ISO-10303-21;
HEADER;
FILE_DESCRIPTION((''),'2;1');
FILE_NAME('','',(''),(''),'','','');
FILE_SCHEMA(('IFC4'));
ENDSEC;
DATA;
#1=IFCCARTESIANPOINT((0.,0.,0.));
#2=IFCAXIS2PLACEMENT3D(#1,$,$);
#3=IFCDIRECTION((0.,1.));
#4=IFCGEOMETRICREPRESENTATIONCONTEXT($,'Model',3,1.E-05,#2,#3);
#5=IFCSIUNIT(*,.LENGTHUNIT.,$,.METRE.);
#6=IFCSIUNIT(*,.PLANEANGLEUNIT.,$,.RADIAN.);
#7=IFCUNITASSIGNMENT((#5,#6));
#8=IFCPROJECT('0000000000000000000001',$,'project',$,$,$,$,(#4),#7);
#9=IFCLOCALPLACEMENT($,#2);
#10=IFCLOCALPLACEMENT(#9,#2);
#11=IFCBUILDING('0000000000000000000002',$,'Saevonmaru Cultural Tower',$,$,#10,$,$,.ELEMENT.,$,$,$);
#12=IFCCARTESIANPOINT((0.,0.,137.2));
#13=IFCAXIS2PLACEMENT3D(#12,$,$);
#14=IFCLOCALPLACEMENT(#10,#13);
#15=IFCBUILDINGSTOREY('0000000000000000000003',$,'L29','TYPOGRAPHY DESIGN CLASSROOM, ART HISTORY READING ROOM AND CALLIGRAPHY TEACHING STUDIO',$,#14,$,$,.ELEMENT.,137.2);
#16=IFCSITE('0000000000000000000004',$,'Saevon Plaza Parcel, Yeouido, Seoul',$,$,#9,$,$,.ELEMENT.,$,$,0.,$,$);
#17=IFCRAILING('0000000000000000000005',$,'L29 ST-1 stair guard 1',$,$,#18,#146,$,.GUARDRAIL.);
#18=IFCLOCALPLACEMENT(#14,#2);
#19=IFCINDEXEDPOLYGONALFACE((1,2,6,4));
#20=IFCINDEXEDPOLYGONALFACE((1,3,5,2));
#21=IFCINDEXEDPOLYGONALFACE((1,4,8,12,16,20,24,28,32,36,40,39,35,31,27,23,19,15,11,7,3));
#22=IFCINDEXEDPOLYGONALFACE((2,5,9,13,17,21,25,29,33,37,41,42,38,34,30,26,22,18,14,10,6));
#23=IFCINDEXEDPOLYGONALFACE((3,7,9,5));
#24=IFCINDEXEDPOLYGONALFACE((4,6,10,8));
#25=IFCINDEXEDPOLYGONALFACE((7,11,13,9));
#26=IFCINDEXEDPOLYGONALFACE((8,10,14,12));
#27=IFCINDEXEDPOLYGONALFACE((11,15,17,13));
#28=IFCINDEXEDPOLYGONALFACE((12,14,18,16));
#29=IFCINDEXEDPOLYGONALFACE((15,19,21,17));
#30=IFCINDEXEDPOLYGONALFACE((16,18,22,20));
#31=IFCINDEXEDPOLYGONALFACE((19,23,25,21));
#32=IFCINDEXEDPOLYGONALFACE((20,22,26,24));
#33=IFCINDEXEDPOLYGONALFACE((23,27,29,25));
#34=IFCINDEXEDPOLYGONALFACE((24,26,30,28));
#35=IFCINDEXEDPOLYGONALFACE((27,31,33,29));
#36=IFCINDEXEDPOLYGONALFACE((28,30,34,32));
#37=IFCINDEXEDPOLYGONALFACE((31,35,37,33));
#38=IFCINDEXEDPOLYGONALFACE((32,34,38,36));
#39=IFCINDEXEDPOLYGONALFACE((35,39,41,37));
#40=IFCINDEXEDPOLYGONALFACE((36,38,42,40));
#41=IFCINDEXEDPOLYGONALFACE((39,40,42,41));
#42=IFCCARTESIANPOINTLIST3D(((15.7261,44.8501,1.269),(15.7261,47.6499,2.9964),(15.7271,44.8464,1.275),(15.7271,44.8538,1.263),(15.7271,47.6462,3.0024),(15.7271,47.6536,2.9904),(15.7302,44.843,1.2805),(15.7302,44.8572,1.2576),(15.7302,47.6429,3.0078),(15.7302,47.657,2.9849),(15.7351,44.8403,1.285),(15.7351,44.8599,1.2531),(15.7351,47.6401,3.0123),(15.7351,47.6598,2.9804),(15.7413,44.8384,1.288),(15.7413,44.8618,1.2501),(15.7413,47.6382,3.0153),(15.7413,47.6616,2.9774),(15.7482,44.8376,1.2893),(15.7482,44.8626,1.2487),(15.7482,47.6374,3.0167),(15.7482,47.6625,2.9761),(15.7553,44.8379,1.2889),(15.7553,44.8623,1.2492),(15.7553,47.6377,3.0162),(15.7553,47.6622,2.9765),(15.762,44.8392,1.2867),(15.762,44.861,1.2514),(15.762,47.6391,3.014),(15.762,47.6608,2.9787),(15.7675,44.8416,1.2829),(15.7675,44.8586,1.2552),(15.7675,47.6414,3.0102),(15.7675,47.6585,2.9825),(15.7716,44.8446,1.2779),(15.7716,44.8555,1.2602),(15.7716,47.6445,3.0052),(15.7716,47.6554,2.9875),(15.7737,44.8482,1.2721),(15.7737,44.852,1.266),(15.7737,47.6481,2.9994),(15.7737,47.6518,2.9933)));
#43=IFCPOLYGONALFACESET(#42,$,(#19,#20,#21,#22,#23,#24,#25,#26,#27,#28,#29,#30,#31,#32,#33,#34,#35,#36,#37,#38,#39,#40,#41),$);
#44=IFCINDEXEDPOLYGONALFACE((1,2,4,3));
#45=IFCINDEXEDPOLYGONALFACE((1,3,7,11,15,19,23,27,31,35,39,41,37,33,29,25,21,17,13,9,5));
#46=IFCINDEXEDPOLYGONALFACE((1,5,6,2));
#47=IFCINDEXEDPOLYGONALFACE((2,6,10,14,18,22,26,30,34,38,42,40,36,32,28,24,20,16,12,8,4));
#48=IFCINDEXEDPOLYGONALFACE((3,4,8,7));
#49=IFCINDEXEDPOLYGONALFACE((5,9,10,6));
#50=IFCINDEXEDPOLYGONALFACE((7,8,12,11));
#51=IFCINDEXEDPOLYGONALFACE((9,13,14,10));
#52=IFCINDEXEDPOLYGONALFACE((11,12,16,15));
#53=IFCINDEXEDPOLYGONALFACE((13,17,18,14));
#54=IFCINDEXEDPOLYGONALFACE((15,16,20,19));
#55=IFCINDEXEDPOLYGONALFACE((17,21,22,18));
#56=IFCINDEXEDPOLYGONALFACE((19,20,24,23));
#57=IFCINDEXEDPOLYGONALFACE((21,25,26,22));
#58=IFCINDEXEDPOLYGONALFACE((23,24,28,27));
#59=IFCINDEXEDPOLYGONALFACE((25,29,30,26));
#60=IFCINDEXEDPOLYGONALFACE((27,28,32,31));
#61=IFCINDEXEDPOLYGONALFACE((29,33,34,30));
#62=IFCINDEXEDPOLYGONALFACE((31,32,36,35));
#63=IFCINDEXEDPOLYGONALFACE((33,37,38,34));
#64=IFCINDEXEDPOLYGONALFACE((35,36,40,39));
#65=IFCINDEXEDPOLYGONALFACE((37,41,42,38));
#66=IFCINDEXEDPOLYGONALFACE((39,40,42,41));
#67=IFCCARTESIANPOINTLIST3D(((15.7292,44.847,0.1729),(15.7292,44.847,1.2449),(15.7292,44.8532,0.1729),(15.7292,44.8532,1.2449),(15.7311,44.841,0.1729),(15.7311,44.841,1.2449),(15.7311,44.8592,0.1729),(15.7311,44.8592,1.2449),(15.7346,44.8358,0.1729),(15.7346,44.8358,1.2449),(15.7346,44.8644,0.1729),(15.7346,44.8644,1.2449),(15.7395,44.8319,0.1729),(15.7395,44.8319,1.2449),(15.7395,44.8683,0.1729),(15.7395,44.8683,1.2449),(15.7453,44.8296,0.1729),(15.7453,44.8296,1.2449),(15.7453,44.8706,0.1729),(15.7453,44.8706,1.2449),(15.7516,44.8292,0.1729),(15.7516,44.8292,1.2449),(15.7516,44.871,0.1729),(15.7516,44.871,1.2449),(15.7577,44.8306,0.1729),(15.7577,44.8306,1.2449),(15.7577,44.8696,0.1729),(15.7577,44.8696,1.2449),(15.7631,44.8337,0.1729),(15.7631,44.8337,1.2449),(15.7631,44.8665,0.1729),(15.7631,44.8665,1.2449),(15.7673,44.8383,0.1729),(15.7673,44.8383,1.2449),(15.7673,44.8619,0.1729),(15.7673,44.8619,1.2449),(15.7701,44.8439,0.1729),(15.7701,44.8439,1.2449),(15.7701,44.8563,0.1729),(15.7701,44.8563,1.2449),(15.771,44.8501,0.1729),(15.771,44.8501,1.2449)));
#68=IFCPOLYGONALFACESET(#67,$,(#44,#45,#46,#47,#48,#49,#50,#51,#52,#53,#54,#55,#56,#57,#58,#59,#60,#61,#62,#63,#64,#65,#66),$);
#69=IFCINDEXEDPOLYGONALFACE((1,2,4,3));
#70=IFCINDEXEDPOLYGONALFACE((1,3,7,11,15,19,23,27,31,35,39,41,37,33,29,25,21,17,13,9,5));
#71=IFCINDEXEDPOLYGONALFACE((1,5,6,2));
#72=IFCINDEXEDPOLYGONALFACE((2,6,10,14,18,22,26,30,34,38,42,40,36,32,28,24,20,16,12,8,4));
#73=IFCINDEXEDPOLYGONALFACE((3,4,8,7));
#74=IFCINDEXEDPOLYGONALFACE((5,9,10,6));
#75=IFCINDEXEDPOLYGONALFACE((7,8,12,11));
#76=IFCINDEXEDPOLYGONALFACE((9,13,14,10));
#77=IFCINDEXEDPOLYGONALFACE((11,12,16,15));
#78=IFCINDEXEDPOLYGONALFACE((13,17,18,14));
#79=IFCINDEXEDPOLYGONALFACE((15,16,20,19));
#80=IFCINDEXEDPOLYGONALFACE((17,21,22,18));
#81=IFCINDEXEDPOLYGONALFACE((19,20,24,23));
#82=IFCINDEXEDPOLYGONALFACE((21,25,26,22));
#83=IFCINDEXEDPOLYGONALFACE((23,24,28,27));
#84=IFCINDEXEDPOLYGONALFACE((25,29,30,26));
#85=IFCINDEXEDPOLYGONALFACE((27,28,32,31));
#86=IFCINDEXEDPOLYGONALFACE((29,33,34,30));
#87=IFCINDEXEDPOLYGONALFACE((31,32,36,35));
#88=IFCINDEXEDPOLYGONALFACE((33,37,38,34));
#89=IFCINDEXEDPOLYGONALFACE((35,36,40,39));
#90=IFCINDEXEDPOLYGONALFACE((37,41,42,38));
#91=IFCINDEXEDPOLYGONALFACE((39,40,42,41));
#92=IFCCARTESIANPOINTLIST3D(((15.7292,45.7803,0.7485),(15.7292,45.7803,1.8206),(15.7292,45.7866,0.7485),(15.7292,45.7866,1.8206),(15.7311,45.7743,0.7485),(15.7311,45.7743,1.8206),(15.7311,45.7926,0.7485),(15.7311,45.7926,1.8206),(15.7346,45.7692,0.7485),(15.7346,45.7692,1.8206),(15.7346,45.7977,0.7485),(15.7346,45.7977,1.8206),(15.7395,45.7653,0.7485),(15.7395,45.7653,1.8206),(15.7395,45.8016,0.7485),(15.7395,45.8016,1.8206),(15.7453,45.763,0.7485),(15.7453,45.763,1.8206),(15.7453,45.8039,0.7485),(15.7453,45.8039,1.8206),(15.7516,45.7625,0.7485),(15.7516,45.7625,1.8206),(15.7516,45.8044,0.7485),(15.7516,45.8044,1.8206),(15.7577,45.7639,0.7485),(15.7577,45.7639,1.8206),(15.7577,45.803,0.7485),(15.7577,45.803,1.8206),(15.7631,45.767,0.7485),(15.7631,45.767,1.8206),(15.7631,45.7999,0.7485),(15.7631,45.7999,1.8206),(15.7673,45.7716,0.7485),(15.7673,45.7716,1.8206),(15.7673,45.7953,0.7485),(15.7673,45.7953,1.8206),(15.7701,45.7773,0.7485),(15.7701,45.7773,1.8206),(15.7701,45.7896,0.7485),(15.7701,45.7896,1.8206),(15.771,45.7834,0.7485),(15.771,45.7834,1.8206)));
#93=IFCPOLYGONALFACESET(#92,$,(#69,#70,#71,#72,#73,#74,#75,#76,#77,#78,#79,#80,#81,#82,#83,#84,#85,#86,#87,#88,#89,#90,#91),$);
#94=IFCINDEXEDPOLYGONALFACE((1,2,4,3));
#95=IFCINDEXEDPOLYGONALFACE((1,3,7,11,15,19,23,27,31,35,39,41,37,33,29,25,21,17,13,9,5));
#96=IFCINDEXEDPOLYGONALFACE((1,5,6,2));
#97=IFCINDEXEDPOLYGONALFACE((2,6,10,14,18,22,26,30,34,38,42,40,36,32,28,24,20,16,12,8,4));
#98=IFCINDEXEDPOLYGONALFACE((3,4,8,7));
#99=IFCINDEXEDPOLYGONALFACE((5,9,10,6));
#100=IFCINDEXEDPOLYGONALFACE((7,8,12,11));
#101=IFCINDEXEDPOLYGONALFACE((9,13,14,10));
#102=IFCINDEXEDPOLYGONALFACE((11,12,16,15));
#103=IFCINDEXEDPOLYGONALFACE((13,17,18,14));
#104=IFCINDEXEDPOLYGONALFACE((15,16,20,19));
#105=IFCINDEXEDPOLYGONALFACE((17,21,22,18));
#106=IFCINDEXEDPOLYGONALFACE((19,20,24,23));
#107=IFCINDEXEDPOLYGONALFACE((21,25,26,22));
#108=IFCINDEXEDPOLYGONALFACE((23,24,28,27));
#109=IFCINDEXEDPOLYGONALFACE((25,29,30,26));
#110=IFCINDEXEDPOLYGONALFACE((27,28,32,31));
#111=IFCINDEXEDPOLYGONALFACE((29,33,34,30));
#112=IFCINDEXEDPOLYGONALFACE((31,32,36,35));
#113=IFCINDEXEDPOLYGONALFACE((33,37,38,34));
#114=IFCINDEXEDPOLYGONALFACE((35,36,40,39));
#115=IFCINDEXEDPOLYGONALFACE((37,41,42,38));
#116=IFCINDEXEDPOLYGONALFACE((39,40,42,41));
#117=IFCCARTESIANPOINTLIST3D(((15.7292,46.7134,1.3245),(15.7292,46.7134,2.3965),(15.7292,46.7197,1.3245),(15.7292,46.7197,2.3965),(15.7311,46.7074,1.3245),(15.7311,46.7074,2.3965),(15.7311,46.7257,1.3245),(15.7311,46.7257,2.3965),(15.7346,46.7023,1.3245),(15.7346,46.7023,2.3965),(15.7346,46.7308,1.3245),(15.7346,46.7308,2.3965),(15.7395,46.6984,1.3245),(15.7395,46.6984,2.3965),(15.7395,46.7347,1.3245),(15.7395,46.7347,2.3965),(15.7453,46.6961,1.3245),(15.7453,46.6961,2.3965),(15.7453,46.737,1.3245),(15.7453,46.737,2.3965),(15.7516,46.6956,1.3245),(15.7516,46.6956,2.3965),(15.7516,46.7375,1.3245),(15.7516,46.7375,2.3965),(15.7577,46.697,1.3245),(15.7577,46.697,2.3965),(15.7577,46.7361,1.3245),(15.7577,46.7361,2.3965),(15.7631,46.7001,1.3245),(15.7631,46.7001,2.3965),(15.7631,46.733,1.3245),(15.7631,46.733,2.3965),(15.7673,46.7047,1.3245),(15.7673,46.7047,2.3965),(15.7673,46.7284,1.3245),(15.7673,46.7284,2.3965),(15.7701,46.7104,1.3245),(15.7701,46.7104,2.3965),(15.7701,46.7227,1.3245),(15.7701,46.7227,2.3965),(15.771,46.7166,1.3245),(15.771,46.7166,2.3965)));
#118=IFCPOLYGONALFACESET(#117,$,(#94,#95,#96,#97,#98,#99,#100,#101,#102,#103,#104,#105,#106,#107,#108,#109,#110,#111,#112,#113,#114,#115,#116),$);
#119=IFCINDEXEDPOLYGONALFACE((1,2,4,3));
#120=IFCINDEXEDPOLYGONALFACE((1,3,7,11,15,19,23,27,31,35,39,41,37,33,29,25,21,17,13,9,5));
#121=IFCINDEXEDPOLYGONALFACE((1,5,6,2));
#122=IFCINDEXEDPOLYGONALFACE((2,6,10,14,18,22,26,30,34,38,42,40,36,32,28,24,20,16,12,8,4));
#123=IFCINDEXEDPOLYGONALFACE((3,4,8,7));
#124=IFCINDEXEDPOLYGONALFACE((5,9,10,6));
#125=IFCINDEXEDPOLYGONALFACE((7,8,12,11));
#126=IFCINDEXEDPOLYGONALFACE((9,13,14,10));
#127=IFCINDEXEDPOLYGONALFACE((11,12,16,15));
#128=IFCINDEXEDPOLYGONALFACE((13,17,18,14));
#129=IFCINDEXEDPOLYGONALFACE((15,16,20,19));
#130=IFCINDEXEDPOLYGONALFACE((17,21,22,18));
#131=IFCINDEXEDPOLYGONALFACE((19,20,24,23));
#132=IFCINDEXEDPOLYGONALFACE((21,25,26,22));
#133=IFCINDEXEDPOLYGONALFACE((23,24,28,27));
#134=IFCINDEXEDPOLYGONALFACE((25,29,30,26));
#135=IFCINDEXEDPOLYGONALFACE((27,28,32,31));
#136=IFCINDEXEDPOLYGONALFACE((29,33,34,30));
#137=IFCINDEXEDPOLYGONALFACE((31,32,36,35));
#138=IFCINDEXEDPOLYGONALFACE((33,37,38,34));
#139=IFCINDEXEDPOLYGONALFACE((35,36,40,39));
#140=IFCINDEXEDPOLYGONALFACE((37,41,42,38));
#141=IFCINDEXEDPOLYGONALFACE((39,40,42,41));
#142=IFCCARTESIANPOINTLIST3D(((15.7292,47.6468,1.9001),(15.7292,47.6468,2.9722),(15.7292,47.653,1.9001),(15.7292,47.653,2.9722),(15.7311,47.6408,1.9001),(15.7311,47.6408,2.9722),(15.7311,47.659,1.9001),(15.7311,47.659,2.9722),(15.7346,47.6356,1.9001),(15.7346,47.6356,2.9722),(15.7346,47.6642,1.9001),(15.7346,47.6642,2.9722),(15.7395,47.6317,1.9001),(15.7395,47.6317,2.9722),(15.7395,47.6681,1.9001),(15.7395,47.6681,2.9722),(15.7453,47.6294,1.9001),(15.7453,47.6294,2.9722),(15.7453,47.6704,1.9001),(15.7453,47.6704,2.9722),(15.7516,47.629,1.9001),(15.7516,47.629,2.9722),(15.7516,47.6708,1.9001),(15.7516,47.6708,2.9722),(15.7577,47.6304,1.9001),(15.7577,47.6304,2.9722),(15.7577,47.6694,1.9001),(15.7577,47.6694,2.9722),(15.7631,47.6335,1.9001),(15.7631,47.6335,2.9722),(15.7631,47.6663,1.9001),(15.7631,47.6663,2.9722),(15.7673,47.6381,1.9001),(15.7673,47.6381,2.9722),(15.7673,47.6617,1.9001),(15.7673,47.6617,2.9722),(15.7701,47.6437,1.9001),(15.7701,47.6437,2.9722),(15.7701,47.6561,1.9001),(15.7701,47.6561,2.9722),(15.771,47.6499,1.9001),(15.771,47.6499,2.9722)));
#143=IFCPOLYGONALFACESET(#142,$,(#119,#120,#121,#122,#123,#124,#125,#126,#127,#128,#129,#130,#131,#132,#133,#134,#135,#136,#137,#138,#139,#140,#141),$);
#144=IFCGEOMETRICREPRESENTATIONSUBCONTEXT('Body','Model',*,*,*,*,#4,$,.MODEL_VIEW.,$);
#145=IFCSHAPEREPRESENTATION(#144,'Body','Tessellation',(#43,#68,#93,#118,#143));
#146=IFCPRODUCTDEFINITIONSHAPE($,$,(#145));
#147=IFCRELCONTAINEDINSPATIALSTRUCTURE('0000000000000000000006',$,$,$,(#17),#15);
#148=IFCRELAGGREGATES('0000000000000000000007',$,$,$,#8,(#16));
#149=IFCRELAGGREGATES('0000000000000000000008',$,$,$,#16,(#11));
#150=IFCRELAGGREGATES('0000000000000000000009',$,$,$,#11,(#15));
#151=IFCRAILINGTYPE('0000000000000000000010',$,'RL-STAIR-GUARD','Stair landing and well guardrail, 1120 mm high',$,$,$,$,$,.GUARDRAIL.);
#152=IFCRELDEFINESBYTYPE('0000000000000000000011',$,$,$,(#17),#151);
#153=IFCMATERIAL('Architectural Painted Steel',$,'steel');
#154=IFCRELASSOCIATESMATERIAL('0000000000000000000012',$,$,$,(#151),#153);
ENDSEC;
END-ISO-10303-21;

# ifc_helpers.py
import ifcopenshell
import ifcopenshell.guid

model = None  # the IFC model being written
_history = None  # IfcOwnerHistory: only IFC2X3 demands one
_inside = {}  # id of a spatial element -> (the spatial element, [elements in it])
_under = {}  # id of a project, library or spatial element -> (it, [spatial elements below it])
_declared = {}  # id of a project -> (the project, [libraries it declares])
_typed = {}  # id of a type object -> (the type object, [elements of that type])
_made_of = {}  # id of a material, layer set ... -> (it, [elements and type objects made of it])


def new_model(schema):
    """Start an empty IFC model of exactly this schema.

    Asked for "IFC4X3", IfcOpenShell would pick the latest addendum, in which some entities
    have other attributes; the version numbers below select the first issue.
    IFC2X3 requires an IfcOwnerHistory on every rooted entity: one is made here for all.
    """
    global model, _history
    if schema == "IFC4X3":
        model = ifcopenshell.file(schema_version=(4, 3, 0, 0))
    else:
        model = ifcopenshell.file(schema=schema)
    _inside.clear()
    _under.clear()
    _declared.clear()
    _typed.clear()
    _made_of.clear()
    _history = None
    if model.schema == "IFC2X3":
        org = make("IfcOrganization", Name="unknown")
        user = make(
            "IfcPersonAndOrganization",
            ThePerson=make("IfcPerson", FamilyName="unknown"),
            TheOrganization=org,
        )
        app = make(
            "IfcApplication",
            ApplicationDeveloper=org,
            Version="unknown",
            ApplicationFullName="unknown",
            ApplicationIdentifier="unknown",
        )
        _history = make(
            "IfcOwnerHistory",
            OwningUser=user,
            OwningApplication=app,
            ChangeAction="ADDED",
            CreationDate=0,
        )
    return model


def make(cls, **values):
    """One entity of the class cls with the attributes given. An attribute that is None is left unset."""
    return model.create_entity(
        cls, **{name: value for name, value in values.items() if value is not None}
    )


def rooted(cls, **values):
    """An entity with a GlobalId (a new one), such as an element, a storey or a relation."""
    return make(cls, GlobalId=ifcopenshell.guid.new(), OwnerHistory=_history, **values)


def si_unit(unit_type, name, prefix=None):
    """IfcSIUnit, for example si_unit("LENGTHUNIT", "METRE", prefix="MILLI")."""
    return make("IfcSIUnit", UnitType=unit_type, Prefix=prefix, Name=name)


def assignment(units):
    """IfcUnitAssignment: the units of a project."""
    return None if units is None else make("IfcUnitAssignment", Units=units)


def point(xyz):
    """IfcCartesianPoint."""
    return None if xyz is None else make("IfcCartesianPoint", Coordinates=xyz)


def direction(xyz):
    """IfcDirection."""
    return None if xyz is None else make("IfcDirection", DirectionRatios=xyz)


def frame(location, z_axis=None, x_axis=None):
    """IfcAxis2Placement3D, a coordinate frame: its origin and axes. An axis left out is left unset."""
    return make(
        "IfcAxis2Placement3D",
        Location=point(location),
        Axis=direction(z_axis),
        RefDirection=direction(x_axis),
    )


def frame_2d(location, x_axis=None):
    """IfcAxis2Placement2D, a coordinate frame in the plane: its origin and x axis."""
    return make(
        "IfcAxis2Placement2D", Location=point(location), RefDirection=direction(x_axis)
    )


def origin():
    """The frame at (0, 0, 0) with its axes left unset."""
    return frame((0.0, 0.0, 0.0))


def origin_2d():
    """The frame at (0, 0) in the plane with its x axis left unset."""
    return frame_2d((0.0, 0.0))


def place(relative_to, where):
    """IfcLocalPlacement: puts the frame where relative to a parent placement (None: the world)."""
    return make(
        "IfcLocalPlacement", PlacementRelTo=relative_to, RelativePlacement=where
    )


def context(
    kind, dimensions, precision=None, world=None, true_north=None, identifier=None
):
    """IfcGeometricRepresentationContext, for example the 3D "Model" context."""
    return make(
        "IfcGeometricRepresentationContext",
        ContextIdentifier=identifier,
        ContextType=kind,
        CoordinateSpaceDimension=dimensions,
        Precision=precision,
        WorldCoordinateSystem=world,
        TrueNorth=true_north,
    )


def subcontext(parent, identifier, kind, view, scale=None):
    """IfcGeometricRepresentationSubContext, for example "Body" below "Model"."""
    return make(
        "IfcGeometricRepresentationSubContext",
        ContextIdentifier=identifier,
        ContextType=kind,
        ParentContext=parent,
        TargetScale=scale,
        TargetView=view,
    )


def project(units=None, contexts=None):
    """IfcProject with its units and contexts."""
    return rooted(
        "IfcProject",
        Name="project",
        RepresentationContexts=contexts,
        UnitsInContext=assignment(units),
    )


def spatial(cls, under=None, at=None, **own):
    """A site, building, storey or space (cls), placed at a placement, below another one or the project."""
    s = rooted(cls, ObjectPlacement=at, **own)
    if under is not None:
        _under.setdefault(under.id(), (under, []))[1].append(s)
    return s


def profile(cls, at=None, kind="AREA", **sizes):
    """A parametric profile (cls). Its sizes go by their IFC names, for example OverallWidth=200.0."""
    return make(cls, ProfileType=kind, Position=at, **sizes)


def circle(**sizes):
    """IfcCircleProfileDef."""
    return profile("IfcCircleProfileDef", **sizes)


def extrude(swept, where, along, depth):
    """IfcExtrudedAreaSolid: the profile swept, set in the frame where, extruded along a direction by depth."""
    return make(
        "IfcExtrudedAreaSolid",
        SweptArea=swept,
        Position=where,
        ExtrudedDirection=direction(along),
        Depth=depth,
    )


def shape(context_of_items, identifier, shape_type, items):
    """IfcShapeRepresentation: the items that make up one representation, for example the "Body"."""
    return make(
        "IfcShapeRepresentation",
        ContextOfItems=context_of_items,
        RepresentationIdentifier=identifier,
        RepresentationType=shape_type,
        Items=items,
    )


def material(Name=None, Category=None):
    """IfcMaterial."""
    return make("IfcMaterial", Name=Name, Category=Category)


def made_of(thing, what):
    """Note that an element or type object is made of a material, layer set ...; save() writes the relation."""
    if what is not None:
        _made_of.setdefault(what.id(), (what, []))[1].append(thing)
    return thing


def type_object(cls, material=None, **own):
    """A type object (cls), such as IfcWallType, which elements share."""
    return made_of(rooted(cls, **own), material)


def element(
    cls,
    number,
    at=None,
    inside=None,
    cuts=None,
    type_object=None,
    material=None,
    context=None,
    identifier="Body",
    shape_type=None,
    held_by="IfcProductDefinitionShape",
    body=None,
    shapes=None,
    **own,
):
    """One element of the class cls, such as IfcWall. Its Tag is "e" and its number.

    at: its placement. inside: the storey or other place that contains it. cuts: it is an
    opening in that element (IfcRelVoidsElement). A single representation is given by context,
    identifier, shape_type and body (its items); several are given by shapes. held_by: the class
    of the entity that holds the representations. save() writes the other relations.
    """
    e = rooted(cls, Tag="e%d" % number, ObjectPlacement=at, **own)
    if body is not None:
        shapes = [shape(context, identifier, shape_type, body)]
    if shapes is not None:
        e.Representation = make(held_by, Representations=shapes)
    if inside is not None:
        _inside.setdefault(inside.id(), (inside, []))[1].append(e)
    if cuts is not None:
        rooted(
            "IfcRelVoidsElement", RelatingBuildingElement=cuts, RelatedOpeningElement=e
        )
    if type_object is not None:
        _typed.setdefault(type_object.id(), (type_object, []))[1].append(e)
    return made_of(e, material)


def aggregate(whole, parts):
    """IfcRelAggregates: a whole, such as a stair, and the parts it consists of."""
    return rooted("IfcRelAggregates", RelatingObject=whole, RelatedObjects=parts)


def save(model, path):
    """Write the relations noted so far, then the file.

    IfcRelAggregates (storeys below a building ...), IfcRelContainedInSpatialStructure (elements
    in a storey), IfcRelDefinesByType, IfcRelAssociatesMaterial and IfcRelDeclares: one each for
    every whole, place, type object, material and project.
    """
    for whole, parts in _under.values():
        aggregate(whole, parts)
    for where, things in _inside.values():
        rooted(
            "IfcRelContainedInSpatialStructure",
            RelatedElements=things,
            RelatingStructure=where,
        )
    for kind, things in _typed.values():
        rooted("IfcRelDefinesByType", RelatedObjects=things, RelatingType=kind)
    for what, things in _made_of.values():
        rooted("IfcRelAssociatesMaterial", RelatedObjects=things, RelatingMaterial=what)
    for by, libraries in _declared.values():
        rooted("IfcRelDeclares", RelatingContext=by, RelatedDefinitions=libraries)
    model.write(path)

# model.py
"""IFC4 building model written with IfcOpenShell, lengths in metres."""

from ifc_helpers import new_model, si_unit, direction, frame, origin, origin_2d, place, context, subcontext, project, spatial, circle, extrude, material, type_object, element, save


model = new_model("IFC4")

# Units and contexts
model_context = context("Model", 3, precision=1e-05, world=origin(), true_north=direction((0.0, 1.0)))
body_context = subcontext(model_context, "Body", "Model", "MODEL_VIEW")
ifc_project = project(units=[si_unit("LENGTHUNIT", "METRE"), si_unit("PLANEANGLEUNIT", "RADIAN")], contexts=[model_context])

# Site, building, storey
site_placement = place(None, origin())
site = spatial("IfcSite", under=ifc_project, at=site_placement, Name="Saevon Plaza Parcel, Yeouido, Seoul", CompositionType="ELEMENT", RefElevation=0.0)
building_placement = place(site_placement, origin())
building = spatial("IfcBuilding", under=site, at=building_placement, Name="Saevonmaru Cultural Tower", CompositionType="ELEMENT")
storey_placement = place(building_placement, frame((0.0, 0.0, 137.2)))
storey = spatial("IfcBuildingStorey", under=building, at=storey_placement, Name="L29", Description="TYPOGRAPHY DESIGN CLASSROOM, ART HISTORY READING ROOM AND CALLIGRAPHY TEACHING STUDIO", CompositionType="ELEMENT", Elevation=137.2)

# Railing
ifc_material_1 = material(Name="Architectural Painted Steel", Category="steel")
railing_type_1 = type_object("IfcRailingType", Name="RL-STAIR-GUARD", Description="Stair landing and well guardrail, 1120 mm high", PredefinedType="GUARDRAIL", material=ifc_material_1)
railing_1_placement = place(storey_placement, frame((15.75, 44.8501, 0.1729)))
element("IfcRailing", 1, at=railing_1_placement, inside=storey, type_object=railing_type_1, Name="L29 ST-1 stair guard 1", PredefinedType="GUARDRAIL", context=body_context, shape_type="SweptSolid", body=[
    extrude(circle(Radius=0.0239, at=origin_2d()), frame((0.0, 0.0, 1.0962), z_axis=(0.0, 0.851069, 0.525054), x_axis=(-1.0, 0.0, 0.0)), (0.0, 0.0, 1.0), 3.2898),
    extrude(circle(Radius=0.021, at=origin_2d()), origin(), (0.0, 0.0, 1.0), 1.072),
    extrude(circle(Radius=0.021, at=origin_2d()), frame((0.0, 0.9333, 0.5757)), (0.0, 0.0, 1.0), 1.072),
    extrude(circle(Radius=0.021, at=origin_2d()), frame((0.0, 1.8665, 1.1516)), (0.0, 0.0, 1.0), 1.072),
    extrude(circle(Radius=0.021, at=origin_2d()), frame((0.0, 2.7998, 1.7273)), (0.0, 0.0, 1.0), 1.072),
])

save(model, "model.ifc")
